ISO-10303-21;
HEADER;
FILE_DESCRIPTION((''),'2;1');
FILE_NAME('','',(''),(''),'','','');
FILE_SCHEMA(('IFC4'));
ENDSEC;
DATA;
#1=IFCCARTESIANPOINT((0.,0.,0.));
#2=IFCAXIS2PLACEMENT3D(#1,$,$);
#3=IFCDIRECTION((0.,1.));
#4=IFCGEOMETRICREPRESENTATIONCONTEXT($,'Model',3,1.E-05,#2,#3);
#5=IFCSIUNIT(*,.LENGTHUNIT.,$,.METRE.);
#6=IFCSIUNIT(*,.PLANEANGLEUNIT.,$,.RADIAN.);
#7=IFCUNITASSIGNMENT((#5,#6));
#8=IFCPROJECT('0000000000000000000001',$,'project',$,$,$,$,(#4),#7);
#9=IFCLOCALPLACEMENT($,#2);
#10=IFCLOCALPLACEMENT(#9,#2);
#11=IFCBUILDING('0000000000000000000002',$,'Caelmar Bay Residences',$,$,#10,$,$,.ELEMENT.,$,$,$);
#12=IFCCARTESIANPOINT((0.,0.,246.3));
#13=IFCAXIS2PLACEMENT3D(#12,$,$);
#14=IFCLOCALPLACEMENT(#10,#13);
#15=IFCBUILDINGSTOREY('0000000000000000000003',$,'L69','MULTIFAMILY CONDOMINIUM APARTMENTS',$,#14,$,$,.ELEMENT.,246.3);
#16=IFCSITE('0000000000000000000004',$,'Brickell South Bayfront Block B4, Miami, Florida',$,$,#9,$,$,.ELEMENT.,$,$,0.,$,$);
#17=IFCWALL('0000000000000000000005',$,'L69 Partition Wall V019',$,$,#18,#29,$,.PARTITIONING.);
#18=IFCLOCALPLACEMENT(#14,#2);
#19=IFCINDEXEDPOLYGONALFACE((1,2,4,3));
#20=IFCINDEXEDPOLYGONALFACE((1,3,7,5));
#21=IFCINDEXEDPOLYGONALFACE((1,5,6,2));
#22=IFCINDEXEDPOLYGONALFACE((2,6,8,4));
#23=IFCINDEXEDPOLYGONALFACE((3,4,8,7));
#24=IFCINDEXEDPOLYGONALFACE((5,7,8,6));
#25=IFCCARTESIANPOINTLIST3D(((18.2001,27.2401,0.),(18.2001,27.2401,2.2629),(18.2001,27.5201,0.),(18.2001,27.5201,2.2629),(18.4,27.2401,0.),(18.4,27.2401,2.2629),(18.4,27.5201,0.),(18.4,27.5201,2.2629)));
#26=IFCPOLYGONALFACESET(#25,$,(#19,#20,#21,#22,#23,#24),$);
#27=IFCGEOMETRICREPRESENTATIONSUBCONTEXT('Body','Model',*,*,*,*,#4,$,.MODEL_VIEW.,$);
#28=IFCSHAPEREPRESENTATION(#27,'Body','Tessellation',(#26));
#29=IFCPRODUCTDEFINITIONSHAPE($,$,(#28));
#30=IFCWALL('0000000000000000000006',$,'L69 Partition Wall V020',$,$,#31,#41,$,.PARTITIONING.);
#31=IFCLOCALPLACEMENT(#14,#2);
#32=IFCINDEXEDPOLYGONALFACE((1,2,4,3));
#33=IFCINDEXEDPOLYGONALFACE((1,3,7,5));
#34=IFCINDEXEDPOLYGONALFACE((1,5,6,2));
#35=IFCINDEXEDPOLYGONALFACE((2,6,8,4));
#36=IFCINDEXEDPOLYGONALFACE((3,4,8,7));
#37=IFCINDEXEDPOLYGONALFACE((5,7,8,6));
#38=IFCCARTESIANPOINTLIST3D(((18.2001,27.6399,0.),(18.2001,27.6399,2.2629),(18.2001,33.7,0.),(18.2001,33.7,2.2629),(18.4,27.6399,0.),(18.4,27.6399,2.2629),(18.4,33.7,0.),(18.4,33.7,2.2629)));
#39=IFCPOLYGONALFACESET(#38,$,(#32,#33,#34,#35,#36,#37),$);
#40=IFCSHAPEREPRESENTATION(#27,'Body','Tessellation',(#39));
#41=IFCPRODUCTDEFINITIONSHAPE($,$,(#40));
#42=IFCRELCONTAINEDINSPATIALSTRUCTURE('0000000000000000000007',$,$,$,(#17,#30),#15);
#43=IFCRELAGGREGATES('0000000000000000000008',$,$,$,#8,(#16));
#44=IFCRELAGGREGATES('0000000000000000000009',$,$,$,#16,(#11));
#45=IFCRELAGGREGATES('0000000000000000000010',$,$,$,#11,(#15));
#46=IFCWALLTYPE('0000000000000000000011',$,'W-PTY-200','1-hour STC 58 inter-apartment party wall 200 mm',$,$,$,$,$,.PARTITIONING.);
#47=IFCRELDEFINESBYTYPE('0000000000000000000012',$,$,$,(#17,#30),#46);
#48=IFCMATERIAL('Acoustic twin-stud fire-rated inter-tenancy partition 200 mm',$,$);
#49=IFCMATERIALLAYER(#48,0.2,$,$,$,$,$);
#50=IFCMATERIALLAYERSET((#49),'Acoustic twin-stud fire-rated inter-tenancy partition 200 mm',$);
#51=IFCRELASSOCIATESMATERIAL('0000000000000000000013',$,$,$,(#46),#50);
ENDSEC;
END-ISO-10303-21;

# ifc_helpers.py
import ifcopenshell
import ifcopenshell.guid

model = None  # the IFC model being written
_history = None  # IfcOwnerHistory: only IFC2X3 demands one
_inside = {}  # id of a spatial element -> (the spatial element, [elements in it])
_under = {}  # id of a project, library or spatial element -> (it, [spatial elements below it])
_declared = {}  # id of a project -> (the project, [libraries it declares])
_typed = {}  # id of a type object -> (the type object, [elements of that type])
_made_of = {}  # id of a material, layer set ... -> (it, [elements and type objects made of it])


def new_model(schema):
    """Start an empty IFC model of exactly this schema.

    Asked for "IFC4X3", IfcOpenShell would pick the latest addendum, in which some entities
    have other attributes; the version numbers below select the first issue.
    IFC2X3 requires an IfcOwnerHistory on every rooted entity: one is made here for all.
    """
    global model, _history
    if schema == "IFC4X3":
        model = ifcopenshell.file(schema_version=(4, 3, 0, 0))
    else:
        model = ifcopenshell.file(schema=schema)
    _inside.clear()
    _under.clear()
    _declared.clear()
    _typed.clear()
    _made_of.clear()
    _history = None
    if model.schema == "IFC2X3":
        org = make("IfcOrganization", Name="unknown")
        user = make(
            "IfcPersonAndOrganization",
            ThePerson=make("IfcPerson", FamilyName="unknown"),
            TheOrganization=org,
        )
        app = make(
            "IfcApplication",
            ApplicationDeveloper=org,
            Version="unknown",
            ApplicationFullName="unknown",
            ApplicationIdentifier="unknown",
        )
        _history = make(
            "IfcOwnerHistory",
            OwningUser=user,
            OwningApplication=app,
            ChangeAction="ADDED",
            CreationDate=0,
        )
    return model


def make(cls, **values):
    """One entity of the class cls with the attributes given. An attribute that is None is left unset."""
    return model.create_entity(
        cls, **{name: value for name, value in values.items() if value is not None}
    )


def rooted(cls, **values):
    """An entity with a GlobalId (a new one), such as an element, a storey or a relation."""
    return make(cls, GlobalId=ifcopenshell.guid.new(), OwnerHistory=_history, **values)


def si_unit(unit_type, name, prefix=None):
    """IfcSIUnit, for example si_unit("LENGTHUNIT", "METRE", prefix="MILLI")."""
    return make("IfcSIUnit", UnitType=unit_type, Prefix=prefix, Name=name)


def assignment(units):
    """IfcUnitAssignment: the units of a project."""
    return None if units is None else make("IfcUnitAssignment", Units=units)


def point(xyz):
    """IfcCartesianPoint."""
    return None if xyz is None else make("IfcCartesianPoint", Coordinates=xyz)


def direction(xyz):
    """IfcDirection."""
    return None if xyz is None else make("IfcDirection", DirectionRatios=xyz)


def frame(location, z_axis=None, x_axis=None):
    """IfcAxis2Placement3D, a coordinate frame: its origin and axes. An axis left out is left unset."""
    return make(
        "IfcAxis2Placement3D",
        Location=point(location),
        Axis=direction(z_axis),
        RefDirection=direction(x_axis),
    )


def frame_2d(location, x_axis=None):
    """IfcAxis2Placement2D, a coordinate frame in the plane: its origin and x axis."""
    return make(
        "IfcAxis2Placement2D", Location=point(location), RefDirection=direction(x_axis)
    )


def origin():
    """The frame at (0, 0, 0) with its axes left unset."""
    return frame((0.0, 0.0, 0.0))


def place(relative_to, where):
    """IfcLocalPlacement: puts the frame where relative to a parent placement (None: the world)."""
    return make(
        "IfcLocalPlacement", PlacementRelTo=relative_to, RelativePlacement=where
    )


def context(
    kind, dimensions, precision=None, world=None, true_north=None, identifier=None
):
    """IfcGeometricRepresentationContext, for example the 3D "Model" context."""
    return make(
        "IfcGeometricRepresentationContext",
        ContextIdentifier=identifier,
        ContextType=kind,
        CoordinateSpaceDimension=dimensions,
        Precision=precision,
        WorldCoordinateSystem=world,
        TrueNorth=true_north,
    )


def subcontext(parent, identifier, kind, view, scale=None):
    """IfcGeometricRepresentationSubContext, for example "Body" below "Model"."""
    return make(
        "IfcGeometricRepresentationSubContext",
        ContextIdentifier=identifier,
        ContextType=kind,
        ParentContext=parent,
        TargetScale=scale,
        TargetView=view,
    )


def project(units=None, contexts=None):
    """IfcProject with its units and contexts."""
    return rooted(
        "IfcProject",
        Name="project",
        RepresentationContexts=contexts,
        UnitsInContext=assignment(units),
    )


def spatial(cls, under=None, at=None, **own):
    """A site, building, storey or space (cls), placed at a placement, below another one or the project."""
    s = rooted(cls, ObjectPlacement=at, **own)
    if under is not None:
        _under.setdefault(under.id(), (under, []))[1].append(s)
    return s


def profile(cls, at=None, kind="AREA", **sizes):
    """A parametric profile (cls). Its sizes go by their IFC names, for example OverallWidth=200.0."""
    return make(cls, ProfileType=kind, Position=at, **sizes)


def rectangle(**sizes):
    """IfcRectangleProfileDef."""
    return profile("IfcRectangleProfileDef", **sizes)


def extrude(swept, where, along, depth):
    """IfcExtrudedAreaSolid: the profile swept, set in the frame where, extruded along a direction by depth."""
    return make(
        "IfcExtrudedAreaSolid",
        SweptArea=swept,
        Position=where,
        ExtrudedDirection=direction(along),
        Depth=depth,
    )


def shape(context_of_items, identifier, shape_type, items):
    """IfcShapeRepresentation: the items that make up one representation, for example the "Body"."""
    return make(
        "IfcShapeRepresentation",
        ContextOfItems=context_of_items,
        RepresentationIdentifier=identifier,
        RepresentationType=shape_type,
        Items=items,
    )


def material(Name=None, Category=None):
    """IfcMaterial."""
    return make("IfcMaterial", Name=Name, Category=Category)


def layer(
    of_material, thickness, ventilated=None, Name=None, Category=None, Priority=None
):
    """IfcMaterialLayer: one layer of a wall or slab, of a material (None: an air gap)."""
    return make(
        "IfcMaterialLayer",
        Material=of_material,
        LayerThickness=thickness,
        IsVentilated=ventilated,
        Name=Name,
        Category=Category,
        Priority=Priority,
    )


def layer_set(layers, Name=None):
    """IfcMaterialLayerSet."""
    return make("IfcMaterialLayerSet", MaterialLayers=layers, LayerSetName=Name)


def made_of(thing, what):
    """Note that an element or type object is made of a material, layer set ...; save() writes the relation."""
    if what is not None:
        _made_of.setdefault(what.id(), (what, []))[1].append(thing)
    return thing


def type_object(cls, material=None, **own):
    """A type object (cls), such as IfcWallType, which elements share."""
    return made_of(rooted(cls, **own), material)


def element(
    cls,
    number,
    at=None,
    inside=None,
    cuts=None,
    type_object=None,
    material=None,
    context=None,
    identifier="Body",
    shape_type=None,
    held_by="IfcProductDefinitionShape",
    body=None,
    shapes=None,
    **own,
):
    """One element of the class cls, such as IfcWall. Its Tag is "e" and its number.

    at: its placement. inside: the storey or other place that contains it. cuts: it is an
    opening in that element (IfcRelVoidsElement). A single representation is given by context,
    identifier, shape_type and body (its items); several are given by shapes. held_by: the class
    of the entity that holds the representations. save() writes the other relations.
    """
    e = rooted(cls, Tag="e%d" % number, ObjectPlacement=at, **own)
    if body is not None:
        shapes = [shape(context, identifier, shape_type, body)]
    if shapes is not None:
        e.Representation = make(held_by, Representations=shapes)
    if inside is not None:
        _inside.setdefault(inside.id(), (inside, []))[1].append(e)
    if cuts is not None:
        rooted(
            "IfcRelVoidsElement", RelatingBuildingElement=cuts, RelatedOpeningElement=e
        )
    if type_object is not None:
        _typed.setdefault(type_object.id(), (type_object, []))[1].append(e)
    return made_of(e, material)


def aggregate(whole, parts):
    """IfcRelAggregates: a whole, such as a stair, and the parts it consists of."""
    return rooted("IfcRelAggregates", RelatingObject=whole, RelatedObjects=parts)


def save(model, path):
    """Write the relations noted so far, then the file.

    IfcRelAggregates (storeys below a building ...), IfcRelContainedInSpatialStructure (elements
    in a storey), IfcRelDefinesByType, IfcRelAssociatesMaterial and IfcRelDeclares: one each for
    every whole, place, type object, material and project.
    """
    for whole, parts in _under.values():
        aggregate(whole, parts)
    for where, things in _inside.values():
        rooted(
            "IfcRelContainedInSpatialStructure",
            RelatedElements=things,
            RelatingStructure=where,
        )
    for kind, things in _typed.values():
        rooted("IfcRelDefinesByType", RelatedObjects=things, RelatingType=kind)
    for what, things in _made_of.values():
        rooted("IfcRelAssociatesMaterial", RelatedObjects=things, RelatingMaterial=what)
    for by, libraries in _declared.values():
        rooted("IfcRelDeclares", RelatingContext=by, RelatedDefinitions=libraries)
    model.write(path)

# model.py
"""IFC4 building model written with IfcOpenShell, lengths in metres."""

from ifc_helpers import new_model, si_unit, direction, frame, frame_2d, origin, place, context, subcontext, project, spatial, rectangle, extrude, material, layer, layer_set, type_object, element, save


model = new_model("IFC4")

# Units and contexts
model_context = context("Model", 3, precision=1e-05, world=origin(), true_north=direction((0.0, 1.0)))
body_context = subcontext(model_context, "Body", "Model", "MODEL_VIEW")
ifc_project = project(units=[si_unit("LENGTHUNIT", "METRE"), si_unit("PLANEANGLEUNIT", "RADIAN")], contexts=[model_context])

# Site, building, storey
site_placement = place(None, origin())
site = spatial("IfcSite", under=ifc_project, at=site_placement, Name="Brickell South Bayfront Block B4, Miami, Florida", CompositionType="ELEMENT", RefElevation=0.0)
building_placement = place(site_placement, origin())
building = spatial("IfcBuilding", under=site, at=building_placement, Name="Caelmar Bay Residences", CompositionType="ELEMENT")
storey_placement = place(building_placement, frame((0.0, 0.0, 246.3)))
storey = spatial("IfcBuildingStorey", under=building, at=storey_placement, Name="L69", Description="MULTIFAMILY CONDOMINIUM APARTMENTS", CompositionType="ELEMENT", Elevation=246.3)

# Walls
ifc_material_1 = material(Name="Acoustic twin-stud fire-rated inter-tenancy partition 200 mm")
ifc_layer_1 = layer(ifc_material_1, 0.2)
ifc_layer_set_1 = layer_set([ifc_layer_1], Name="Acoustic twin-stud fire-rated inter-tenancy partition 200 mm")
wall_type_1 = type_object("IfcWallType", Name="W-PTY-200", Description="1-hour STC 58 inter-apartment party wall 200 mm", PredefinedType="PARTITIONING", material=ifc_layer_set_1)
wall_1_placement = place(storey_placement, frame((18.3, 27.24, 0.0), z_axis=(0.0, 0.0, 1.0), x_axis=(0.0, 1.0, 0.0)))
element("IfcWall", 1, at=wall_1_placement, inside=storey, type_object=wall_type_1, Name="L69 Partition Wall V019", PredefinedType="PARTITIONING", context=body_context, shape_type="SweptSolid", body=[
    extrude(rectangle(XDim=0.28, YDim=0.2, at=frame_2d((0.1401, 0.0))), origin(), (0.0, 0.0, 1.0), 2.2629),
])
wall_2_placement = place(storey_placement, frame((18.3, 27.6399, 0.0), z_axis=(0.0, 0.0, 1.0), x_axis=(0.0, 1.0, 0.0)))
element("IfcWall", 2, at=wall_2_placement, inside=storey, type_object=wall_type_1, Name="L69 Partition Wall V020", PredefinedType="PARTITIONING", context=body_context, shape_type="SweptSolid", body=[
    extrude(rectangle(XDim=6.0601, YDim=0.2, at=frame_2d((3.03, 0.0))), origin(), (0.0, 0.0, 1.0), 2.2629),
])

save(model, "model.ifc")
